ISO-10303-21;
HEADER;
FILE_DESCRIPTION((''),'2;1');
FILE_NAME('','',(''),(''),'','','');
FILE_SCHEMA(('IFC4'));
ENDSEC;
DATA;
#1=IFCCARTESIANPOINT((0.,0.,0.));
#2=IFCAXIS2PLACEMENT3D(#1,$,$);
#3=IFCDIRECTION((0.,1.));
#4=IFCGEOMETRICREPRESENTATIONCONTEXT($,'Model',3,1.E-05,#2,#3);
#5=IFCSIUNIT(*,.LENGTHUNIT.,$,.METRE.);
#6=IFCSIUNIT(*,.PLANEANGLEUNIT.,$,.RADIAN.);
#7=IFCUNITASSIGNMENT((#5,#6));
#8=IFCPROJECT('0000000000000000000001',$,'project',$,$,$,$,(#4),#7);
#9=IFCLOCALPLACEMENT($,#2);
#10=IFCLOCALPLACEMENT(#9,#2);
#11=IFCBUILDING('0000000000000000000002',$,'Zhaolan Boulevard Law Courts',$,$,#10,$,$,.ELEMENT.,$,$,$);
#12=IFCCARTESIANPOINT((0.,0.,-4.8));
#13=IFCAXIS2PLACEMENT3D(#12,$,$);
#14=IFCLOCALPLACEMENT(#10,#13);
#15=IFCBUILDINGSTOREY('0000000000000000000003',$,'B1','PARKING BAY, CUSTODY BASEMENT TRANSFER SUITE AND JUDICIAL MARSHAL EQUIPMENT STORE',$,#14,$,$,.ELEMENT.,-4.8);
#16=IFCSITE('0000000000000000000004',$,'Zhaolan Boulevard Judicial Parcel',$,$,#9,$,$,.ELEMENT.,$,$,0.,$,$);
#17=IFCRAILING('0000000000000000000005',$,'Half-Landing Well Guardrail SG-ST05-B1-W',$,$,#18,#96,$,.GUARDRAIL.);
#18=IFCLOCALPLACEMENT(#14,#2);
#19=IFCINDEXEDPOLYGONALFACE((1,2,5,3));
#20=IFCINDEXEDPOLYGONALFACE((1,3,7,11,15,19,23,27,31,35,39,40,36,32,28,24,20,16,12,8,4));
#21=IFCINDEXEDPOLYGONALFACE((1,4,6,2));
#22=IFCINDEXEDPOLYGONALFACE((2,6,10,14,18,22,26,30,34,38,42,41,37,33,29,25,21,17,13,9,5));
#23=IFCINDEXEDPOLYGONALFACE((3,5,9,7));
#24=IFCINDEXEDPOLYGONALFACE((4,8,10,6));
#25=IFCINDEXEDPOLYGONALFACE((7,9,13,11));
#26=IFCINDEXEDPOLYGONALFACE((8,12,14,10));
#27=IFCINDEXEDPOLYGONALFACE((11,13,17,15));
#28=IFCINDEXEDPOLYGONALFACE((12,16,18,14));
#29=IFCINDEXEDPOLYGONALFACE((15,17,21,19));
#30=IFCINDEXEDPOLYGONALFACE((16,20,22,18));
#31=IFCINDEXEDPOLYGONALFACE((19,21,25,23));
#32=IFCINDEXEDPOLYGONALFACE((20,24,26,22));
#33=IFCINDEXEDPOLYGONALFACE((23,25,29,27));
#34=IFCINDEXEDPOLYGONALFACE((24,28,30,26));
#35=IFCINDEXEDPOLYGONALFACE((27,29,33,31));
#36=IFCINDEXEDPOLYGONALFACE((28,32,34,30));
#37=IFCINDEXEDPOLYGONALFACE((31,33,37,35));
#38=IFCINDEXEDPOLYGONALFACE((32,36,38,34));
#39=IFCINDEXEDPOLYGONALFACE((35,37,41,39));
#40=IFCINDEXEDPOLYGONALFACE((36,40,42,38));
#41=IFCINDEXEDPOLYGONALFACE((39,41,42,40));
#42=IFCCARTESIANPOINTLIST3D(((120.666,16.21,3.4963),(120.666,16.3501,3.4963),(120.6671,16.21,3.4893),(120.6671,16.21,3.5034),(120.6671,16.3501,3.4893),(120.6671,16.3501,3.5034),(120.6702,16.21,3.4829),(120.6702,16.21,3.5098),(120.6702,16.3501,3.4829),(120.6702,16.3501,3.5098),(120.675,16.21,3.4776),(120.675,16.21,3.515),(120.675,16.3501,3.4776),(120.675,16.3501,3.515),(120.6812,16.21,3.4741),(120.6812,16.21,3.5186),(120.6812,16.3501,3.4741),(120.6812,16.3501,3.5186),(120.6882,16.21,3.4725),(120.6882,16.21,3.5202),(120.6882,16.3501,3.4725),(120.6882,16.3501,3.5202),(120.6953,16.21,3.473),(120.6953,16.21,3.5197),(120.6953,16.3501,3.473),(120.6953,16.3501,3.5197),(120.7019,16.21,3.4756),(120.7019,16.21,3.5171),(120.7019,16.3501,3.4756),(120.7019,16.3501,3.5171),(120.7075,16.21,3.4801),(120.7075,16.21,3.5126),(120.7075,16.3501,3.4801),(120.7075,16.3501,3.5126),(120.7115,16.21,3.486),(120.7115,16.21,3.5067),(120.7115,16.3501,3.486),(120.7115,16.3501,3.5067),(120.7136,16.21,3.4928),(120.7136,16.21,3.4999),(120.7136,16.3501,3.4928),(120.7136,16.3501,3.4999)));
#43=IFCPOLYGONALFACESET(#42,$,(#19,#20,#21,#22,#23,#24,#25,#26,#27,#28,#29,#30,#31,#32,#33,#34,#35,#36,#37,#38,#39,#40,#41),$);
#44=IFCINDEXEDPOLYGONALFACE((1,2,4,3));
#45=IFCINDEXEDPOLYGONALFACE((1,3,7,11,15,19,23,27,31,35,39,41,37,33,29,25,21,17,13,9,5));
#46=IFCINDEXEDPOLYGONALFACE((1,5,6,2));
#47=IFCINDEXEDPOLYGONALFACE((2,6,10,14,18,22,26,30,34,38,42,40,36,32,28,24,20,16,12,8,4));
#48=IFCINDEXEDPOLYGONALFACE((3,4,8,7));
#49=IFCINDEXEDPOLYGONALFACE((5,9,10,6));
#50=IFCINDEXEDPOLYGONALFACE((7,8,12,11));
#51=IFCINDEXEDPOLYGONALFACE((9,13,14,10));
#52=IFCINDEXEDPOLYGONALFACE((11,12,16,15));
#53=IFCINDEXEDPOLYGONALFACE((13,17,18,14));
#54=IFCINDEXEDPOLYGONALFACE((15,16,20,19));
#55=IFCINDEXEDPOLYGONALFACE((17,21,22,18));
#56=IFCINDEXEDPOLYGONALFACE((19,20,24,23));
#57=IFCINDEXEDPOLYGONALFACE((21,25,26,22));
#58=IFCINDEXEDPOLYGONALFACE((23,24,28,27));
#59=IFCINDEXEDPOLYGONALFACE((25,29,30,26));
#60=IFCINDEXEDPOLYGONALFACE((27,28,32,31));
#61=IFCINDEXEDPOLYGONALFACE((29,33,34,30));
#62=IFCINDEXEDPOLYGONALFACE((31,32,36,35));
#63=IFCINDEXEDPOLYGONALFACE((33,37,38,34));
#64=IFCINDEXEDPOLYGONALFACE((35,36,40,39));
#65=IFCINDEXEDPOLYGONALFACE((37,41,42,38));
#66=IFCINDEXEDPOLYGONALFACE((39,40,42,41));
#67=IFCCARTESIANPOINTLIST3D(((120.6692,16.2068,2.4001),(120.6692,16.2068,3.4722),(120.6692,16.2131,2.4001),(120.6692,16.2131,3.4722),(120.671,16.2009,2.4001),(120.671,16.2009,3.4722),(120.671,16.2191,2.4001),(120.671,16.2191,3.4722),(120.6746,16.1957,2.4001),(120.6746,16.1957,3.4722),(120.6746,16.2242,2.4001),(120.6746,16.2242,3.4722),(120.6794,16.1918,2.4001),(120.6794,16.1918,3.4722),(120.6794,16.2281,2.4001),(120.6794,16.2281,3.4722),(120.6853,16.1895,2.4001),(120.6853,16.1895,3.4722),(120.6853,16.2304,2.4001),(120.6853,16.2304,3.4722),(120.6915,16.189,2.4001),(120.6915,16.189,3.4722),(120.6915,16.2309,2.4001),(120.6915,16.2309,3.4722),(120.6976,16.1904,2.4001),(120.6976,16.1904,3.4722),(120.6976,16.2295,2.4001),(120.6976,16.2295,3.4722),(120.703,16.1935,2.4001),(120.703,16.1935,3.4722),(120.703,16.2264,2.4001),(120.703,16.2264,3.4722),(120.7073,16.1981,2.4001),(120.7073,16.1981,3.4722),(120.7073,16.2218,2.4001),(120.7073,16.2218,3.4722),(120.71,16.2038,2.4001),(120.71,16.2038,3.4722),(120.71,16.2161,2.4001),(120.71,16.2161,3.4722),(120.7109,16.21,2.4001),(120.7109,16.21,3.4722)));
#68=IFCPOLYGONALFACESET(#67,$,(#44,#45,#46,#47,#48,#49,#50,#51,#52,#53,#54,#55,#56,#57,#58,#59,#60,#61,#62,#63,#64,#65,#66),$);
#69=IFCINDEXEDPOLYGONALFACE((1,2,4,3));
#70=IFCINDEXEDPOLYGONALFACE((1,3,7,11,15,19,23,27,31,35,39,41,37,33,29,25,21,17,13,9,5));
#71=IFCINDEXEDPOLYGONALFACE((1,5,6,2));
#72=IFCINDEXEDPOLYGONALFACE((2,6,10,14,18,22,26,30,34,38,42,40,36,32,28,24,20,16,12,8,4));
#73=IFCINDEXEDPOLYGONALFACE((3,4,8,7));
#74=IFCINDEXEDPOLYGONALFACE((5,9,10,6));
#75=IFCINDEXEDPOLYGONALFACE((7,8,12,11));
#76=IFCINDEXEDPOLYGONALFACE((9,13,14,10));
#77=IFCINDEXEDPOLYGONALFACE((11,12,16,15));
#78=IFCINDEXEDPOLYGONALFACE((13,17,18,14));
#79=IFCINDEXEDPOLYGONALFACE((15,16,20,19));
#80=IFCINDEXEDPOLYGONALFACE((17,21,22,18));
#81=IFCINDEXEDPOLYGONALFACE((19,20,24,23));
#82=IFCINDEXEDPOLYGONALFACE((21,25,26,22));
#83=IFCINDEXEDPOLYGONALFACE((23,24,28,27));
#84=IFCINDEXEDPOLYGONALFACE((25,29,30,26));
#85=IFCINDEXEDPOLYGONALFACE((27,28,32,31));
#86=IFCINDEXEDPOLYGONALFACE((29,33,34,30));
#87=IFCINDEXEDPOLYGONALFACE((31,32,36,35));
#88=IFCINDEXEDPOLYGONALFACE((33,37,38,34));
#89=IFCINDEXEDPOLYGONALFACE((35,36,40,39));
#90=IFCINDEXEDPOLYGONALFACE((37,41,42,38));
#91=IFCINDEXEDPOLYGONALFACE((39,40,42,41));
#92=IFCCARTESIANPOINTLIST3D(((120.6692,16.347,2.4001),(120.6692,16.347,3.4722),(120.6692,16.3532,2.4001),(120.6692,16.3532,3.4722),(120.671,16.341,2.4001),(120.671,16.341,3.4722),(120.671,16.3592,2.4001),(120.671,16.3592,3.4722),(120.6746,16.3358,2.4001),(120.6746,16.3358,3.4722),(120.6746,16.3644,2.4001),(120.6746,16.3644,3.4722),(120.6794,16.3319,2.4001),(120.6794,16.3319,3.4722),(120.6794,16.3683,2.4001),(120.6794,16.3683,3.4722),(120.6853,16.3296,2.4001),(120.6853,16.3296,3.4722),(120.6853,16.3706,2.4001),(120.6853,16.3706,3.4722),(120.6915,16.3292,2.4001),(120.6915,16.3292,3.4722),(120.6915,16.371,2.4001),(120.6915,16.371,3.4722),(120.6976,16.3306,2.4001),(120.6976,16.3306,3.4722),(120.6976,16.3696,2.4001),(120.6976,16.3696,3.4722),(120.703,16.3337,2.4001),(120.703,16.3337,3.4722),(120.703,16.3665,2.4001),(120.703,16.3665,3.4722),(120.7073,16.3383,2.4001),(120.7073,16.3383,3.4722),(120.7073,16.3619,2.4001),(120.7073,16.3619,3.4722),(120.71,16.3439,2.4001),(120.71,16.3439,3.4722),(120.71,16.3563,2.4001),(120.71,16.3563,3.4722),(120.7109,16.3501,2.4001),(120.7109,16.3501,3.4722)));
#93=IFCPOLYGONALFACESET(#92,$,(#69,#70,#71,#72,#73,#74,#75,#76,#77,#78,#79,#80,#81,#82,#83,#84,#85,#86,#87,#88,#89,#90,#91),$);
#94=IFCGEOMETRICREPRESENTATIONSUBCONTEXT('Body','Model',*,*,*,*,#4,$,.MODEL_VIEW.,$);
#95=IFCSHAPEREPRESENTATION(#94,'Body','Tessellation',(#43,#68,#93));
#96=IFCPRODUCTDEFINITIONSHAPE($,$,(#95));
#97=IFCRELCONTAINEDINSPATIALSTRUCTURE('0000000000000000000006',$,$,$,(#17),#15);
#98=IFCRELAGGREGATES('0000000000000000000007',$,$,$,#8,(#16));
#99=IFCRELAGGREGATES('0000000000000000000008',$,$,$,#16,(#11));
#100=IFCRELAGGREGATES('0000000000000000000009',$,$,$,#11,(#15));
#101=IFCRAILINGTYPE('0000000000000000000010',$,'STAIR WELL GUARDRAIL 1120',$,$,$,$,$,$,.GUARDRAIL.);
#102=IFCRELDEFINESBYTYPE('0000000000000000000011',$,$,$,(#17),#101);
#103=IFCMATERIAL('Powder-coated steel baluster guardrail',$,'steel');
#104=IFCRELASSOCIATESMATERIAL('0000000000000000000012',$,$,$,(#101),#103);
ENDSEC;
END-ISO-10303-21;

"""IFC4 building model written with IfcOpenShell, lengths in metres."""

from ifc_helpers import new_model, si_unit, direction, frame, origin, origin_2d, place, context, subcontext, project, spatial, circle, extrude, material, type_object, element, save


model = new_model("IFC4")

# Units and contexts
model_context = context("Model", 3, precision=1e-05, world=origin(), true_north=direction((0.0, 1.0)))
body_context = subcontext(model_context, "Body", "Model", "MODEL_VIEW")
ifc_project = project(units=[si_unit("LENGTHUNIT", "METRE"), si_unit("PLANEANGLEUNIT", "RADIAN")], contexts=[model_context])

# Site, building, storey
site_placement = place(None, origin())
site = spatial("IfcSite", under=ifc_project, at=site_placement, Name="Zhaolan Boulevard Judicial Parcel", CompositionType="ELEMENT", RefElevation=0.0)
building_placement = place(site_placement, origin())
building = spatial("IfcBuilding", under=site, at=building_placement, Name="Zhaolan Boulevard Law Courts", CompositionType="ELEMENT")
storey_placement = place(building_placement, frame((0.0, 0.0, -4.8)))
storey = spatial("IfcBuildingStorey", under=building, at=storey_placement, Name="B1", Description="PARKING BAY, CUSTODY BASEMENT TRANSFER SUITE AND JUDICIAL MARSHAL EQUIPMENT STORE", CompositionType="ELEMENT", Elevation=-4.8)

# Railing
ifc_material_1 = material(Name="Powder-coated steel baluster guardrail", Category="steel")
railing_type_1 = type_object("IfcRailingType", Name="STAIR WELL GUARDRAIL 1120", PredefinedType="GUARDRAIL", material=ifc_material_1)
railing_1_placement = place(storey_placement, frame((120.6899, 16.21, 2.4001)))
element("IfcRailing", 1, at=railing_1_placement, inside=storey, type_object=railing_type_1, Name="Half-Landing Well Guardrail SG-ST05-B1-W", PredefinedType="GUARDRAIL", context=body_context, shape_type="SweptSolid", body=[
    extrude(circle(Radius=0.0239, at=origin_2d()), frame((0.0, 0.0, 1.0962), z_axis=(0.0, 1.0, 0.0), x_axis=(-1.0, 0.0, 0.0)), (0.0, 0.0, 1.0), 0.1401),
    extrude(circle(Radius=0.021, at=origin_2d()), origin(), (0.0, 0.0, 1.0), 1.072),
    extrude(circle(Radius=0.021, at=origin_2d()), frame((0.0, 0.1401, 0.0)), (0.0, 0.0, 1.0), 1.072),
])

save(model, "model.ifc")
